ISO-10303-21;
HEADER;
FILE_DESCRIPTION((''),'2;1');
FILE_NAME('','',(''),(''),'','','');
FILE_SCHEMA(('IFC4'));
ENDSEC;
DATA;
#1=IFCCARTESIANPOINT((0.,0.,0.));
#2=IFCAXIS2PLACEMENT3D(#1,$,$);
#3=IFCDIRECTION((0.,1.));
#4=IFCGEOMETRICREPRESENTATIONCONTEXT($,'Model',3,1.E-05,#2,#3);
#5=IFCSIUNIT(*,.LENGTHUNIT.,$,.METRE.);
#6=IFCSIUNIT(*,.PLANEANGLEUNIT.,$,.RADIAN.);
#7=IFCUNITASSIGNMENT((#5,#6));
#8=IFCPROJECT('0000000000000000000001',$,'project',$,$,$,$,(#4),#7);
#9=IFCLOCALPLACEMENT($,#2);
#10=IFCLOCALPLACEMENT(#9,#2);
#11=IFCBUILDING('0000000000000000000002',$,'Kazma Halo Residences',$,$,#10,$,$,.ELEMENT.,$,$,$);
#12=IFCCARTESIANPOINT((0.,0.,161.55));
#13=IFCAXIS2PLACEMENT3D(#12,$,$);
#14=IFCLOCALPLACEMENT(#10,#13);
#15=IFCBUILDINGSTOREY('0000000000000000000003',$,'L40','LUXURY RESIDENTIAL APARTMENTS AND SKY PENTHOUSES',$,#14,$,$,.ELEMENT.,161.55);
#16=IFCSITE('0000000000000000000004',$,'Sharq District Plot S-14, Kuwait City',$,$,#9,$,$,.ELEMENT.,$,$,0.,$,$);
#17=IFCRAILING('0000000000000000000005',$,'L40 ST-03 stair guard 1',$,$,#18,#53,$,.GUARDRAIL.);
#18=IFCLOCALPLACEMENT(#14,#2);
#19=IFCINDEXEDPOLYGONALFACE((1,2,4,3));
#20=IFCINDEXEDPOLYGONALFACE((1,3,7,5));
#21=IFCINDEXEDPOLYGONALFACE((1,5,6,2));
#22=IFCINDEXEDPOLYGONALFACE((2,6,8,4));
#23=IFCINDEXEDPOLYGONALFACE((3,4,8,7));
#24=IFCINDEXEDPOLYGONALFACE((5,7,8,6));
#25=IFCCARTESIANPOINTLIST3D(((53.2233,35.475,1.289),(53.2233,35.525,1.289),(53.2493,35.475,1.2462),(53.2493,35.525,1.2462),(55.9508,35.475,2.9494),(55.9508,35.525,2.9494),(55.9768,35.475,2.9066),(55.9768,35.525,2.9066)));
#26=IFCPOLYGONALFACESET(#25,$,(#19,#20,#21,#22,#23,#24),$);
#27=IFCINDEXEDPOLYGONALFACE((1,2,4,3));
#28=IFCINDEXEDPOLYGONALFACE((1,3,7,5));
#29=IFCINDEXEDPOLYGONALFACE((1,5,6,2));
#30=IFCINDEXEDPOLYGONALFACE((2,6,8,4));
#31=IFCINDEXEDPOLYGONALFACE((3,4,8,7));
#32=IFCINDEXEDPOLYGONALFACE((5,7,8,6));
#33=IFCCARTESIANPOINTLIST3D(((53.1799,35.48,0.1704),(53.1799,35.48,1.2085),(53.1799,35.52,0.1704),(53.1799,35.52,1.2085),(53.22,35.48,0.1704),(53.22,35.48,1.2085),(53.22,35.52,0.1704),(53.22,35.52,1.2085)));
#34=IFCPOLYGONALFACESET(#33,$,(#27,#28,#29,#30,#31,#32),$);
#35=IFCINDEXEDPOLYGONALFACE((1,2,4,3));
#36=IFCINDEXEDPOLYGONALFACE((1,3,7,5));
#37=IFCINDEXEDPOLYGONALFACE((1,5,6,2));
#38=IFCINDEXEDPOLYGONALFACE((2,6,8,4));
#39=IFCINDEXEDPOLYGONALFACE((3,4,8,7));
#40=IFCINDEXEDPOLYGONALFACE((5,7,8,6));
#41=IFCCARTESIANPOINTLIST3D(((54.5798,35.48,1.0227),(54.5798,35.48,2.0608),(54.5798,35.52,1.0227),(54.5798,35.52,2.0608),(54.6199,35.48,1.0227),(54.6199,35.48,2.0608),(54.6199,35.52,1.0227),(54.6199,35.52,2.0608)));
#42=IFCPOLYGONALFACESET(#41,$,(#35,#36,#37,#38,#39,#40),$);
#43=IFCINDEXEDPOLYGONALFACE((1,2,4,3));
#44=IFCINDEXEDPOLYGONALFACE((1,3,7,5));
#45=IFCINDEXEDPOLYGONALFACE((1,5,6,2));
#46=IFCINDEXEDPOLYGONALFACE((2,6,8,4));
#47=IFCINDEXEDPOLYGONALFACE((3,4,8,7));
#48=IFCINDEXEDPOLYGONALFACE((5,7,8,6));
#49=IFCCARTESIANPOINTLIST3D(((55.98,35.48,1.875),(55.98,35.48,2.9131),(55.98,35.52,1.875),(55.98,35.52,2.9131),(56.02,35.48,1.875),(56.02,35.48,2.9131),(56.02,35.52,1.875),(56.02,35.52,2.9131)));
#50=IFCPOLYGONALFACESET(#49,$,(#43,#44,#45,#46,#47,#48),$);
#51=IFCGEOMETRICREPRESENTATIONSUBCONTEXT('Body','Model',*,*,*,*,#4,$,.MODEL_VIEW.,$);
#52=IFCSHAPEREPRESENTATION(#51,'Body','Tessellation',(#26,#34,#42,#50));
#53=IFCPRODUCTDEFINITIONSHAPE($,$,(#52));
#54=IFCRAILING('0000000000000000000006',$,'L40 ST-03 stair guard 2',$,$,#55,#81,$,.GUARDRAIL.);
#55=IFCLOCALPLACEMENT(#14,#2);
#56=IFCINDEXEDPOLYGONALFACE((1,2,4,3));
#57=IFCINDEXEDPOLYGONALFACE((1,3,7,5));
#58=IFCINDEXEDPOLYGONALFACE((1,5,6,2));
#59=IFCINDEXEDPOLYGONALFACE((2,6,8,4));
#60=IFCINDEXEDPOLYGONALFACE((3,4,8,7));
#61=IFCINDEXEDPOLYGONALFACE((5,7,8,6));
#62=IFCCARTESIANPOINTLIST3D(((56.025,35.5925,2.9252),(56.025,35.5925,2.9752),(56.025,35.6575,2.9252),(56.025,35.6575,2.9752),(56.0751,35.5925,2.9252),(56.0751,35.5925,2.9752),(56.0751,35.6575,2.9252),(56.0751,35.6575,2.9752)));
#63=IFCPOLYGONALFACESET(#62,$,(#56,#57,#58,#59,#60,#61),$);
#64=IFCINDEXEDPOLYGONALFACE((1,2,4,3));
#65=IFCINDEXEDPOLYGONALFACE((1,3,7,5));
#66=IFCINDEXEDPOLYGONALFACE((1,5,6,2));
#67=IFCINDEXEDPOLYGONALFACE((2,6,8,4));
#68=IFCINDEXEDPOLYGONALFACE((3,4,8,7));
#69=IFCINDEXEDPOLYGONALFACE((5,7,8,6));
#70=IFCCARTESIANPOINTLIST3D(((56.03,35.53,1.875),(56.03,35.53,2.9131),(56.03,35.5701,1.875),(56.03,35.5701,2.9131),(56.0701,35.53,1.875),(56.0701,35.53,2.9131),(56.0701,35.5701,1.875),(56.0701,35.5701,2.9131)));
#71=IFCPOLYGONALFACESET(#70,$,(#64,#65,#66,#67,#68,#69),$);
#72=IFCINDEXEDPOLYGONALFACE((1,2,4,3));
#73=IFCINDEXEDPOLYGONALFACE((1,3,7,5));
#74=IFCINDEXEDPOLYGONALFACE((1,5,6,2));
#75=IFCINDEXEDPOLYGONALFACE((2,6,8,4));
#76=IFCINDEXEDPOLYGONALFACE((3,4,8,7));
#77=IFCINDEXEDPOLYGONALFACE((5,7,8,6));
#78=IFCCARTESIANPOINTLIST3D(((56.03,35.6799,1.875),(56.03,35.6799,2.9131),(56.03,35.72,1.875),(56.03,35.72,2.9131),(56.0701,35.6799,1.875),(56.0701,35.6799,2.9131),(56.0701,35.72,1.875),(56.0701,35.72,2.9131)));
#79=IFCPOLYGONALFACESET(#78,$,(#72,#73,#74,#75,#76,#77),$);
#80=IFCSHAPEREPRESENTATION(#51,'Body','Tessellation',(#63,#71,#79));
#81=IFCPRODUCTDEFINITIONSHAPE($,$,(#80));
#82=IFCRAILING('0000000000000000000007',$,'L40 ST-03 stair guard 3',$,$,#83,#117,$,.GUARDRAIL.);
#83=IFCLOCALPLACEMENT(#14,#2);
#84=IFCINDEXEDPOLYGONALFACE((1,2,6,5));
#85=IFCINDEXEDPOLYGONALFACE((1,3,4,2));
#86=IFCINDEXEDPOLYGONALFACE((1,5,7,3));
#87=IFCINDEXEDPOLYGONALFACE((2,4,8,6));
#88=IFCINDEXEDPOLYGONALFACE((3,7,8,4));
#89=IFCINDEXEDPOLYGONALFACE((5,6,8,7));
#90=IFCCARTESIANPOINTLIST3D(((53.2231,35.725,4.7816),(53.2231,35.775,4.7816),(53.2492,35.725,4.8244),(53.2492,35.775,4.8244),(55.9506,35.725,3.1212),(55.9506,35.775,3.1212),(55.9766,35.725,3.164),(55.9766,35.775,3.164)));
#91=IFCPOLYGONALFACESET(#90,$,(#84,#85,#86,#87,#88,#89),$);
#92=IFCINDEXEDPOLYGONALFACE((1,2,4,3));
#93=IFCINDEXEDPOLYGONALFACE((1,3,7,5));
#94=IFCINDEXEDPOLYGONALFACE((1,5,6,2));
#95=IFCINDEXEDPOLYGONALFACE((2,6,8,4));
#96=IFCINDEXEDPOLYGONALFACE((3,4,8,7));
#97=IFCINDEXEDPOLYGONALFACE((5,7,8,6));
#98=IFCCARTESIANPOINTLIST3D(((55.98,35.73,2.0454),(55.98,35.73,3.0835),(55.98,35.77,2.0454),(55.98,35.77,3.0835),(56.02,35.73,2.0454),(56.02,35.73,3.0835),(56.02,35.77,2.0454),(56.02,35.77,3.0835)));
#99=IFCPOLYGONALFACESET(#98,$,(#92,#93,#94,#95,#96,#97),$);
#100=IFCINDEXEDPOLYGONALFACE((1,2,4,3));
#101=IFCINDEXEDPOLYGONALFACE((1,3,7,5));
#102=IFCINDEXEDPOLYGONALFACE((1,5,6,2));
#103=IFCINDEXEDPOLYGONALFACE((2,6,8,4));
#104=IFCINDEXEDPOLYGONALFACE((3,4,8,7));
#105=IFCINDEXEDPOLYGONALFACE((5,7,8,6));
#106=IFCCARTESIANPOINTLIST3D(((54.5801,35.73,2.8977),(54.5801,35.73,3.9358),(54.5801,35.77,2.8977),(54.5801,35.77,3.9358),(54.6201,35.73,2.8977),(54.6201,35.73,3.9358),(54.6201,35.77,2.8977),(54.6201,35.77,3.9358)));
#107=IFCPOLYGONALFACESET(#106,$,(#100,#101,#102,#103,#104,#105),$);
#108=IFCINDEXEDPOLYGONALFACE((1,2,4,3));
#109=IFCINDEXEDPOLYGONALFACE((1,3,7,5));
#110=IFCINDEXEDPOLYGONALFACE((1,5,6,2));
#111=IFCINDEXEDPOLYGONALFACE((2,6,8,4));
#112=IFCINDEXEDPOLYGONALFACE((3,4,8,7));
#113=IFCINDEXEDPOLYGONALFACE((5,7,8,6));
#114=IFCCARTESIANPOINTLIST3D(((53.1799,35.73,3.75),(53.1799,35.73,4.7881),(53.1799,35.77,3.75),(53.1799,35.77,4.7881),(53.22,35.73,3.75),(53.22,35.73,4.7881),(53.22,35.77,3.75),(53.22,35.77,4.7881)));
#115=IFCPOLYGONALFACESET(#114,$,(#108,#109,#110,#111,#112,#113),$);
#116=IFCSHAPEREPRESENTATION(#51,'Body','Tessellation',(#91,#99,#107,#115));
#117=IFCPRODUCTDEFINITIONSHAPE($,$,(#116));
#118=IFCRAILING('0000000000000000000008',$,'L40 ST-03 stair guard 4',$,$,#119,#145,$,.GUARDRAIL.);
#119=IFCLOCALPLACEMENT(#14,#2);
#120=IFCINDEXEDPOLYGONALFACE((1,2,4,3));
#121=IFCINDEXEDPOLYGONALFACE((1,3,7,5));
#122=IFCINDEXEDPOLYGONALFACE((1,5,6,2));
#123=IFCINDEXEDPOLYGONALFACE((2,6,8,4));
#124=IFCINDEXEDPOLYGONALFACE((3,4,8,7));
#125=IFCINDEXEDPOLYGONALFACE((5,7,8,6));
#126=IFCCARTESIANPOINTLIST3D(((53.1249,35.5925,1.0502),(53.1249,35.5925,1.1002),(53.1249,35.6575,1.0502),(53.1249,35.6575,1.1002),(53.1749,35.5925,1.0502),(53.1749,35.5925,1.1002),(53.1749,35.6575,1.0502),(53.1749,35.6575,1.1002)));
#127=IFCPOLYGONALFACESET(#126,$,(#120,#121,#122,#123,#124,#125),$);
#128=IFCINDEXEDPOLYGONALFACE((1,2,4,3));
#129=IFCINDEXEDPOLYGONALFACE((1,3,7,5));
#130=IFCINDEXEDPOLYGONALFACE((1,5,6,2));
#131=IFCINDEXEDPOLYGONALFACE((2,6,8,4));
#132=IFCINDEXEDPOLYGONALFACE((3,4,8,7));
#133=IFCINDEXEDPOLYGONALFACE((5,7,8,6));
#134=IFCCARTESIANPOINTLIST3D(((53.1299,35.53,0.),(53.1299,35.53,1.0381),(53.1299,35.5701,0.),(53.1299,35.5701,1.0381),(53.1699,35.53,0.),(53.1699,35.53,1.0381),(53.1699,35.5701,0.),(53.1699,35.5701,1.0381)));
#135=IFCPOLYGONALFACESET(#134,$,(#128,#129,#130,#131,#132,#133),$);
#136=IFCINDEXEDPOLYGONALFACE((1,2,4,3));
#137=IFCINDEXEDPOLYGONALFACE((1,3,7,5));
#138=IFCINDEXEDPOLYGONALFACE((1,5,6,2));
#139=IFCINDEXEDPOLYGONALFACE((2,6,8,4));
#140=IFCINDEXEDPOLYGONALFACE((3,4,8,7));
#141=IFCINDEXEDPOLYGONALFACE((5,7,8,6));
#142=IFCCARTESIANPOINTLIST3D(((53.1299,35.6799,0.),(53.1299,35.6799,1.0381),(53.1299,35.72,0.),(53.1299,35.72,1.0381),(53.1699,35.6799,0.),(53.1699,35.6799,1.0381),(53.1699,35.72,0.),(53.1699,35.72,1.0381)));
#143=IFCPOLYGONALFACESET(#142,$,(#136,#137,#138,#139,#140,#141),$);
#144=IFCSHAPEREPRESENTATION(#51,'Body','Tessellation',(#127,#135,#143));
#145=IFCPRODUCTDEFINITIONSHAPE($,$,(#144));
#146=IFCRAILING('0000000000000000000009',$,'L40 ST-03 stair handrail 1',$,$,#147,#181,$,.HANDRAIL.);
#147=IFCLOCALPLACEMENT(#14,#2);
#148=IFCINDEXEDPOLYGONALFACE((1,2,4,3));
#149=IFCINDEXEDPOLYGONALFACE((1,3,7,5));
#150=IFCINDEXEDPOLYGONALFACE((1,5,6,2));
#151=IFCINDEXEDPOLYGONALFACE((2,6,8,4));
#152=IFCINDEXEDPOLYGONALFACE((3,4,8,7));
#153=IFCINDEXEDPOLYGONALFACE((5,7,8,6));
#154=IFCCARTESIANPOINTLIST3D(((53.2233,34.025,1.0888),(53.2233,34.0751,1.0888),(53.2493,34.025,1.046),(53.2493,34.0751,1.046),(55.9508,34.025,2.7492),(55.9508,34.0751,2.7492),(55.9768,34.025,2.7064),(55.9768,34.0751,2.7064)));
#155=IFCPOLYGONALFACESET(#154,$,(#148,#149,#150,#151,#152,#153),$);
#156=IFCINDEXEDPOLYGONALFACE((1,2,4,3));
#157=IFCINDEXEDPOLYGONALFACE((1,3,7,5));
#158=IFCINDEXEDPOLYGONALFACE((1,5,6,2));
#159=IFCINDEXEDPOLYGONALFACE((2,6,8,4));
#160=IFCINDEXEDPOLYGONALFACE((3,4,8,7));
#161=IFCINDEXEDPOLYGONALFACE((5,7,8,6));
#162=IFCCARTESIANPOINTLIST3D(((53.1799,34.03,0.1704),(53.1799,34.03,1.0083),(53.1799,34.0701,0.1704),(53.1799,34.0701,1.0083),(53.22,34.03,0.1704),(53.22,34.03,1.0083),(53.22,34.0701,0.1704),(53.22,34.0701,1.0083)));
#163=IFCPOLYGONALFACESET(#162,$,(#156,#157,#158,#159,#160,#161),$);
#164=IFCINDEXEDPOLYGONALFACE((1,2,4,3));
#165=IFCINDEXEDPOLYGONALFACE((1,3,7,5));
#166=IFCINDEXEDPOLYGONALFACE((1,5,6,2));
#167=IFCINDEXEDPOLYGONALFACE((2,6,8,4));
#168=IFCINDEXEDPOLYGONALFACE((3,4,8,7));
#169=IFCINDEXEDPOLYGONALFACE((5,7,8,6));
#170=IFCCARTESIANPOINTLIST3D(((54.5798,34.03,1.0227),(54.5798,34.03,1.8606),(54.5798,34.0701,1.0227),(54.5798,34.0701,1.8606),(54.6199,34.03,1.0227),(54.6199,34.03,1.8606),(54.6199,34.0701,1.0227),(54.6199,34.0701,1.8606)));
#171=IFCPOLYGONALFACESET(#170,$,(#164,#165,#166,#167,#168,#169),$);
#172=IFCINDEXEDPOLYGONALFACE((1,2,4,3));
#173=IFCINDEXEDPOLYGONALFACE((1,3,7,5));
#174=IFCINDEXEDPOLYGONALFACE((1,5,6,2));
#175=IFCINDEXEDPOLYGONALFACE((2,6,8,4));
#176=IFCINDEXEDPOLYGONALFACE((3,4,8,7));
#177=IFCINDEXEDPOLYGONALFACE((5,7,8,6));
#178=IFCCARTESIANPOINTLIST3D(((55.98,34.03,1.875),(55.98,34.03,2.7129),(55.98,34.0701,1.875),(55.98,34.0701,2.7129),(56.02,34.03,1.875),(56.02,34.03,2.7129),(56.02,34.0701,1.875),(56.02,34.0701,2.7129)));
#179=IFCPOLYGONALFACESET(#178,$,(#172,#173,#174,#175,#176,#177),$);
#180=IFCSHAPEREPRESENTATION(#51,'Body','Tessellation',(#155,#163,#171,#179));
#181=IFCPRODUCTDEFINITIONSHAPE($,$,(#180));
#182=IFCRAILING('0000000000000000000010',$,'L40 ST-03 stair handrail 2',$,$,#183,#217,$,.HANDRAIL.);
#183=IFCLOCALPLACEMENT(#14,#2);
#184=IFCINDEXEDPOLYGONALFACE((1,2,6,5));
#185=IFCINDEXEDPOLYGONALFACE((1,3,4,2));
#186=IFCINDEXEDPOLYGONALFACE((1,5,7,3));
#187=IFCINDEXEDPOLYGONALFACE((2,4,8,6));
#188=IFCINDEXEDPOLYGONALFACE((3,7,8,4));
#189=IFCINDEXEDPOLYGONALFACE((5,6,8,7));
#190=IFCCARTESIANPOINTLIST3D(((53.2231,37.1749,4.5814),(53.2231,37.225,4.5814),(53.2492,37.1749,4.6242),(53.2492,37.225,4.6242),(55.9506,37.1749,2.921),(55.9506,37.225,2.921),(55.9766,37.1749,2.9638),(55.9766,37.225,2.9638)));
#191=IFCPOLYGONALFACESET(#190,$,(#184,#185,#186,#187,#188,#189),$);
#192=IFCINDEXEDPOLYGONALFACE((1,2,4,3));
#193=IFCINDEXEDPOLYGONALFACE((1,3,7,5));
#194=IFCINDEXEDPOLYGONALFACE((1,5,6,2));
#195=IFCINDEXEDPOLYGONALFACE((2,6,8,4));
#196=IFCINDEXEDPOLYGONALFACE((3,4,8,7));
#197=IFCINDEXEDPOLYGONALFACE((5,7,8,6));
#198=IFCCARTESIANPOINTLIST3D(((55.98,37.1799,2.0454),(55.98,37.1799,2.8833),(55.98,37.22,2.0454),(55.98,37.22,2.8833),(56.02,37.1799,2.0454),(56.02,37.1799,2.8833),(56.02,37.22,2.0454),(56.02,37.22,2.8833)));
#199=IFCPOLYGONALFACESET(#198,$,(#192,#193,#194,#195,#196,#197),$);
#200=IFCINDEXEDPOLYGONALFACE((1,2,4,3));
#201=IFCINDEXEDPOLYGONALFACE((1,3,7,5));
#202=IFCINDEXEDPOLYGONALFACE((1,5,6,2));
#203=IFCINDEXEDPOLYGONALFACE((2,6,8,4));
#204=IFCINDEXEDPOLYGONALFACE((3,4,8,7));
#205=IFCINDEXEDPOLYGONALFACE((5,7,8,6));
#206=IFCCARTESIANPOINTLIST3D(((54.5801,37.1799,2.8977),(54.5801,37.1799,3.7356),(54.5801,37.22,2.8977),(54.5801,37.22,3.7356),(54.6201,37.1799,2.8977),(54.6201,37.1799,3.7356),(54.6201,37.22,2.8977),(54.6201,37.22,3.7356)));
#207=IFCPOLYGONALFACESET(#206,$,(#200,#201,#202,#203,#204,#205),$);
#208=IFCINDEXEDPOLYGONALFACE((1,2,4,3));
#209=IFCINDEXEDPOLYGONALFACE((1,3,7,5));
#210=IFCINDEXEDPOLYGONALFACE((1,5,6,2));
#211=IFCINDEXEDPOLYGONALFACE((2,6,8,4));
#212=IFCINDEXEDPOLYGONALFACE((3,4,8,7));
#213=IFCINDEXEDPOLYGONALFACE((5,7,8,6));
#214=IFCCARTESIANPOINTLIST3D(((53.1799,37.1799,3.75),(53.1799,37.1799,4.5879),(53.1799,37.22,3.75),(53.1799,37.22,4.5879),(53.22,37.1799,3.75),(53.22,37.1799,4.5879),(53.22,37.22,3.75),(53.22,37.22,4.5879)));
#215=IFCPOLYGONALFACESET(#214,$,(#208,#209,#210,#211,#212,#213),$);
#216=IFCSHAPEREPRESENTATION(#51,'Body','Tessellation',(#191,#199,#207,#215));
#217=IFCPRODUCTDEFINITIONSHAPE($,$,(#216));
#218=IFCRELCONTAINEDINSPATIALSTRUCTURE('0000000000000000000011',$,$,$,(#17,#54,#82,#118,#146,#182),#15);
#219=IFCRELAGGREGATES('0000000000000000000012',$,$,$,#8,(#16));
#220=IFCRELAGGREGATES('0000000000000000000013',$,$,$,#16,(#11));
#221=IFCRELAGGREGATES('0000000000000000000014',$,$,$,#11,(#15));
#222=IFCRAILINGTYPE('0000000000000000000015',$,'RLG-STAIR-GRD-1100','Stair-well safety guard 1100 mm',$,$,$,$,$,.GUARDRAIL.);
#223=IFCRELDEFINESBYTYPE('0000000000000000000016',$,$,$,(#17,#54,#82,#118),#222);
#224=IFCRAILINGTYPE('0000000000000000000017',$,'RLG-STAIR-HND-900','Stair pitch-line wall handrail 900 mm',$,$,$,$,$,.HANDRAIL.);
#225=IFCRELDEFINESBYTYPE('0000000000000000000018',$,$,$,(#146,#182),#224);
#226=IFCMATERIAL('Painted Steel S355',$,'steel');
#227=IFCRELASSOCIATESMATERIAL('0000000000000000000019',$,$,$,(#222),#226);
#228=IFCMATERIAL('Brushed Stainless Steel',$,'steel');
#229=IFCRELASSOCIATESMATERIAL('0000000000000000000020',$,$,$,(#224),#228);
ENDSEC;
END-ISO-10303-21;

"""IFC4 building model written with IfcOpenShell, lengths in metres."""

from ifc_helpers import new_model, si_unit, direction, frame, origin, origin_2d, place, context, subcontext, project, spatial, rectangle, extrude, material, type_object, element, save


model = new_model("IFC4")

# Units and contexts
model_context = context("Model", 3, precision=1e-05, world=origin(), true_north=direction((0.0, 1.0)))
body_context = subcontext(model_context, "Body", "Model", "MODEL_VIEW")
ifc_project = project(units=[si_unit("LENGTHUNIT", "METRE"), si_unit("PLANEANGLEUNIT", "RADIAN")], contexts=[model_context])

# Site, building, storey
site_placement = place(None, origin())
site = spatial("IfcSite", under=ifc_project, at=site_placement, Name="Sharq District Plot S-14, Kuwait City", CompositionType="ELEMENT", RefElevation=0.0)
building_placement = place(site_placement, origin())
building = spatial("IfcBuilding", under=site, at=building_placement, Name="Kazma Halo Residences", CompositionType="ELEMENT")
storey_placement = place(building_placement, frame((0.0, 0.0, 161.55)))
storey = spatial("IfcBuildingStorey", under=building, at=storey_placement, Name="L40", Description="LUXURY RESIDENTIAL APARTMENTS AND SKY PENTHOUSES", CompositionType="ELEMENT", Elevation=161.55)

# Railings
ifc_material_1 = material(Name="Painted Steel S355", Category="steel")
railing_type_1 = type_object("IfcRailingType", Name="RLG-STAIR-GRD-1100", Description="Stair-well safety guard 1100 mm", PredefinedType="GUARDRAIL", material=ifc_material_1)
railing_1_placement = place(storey_placement, frame((53.2, 35.5, 0.1704)))
element("IfcRailing", 1, at=railing_1_placement, inside=storey, type_object=railing_type_1, Name="L40 ST-03 stair guard 1", PredefinedType="GUARDRAIL", context=body_context, shape_type="SweptSolid", body=[
    extrude(rectangle(XDim=0.05, YDim=0.05, at=origin_2d()), frame((0.0364, 0.0, 1.0972), z_axis=(0.85417, 0.0, 0.519994), x_axis=(0.0, 1.0, 0.0)), (0.0, 0.0, 1.0), 3.1931),
    extrude(rectangle(XDim=0.04, YDim=0.04, at=origin_2d()), origin(), (0.0, 0.0, 1.0), 1.0381),
    extrude(rectangle(XDim=0.04, YDim=0.04, at=origin_2d()), frame((1.3999, 0.0, 0.8523)), (0.0, 0.0, 1.0), 1.0381),
    extrude(rectangle(XDim=0.04, YDim=0.04, at=origin_2d()), frame((2.8, 0.0, 1.7046)), (0.0, 0.0, 1.0), 1.0381),
])
railing_2_placement = place(storey_placement, frame((56.05, 35.55, 1.875)))
element("IfcRailing", 2, at=railing_2_placement, inside=storey, type_object=railing_type_1, Name="L40 ST-03 stair guard 2", PredefinedType="GUARDRAIL", context=body_context, shape_type="SweptSolid", body=[
    extrude(rectangle(XDim=0.05, YDim=0.05, at=origin_2d()), frame((0.0, 0.0425, 1.0752), z_axis=(0.0, 1.0, 0.0), x_axis=(-1.0, 0.0, 0.0)), (0.0, 0.0, 1.0), 0.0649),
    extrude(rectangle(XDim=0.04, YDim=0.04, at=origin_2d()), origin(), (0.0, 0.0, 1.0), 1.0381),
    extrude(rectangle(XDim=0.04, YDim=0.04, at=origin_2d()), frame((0.0, 0.1499, 0.0)), (0.0, 0.0, 1.0), 1.0381),
])
railing_3_placement = place(storey_placement, frame((56.0, 35.75, 2.0454)))
element("IfcRailing", 3, at=railing_3_placement, inside=storey, type_object=railing_type_1, Name="L40 ST-03 stair guard 3", PredefinedType="GUARDRAIL", context=body_context, shape_type="SweptSolid", body=[
    extrude(rectangle(XDim=0.05, YDim=0.05, at=origin_2d()), frame((-0.0364, 0.0, 1.0972), z_axis=(-0.85417, 0.0, 0.519994), x_axis=(0.0, -1.0, 0.0)), (0.0, 0.0, 1.0), 3.1931),
    extrude(rectangle(XDim=0.04, YDim=0.04, at=origin_2d()), origin(), (0.0, 0.0, 1.0), 1.0381),
    extrude(rectangle(XDim=0.04, YDim=0.04, at=origin_2d()), frame((-1.3999, 0.0, 0.8523)), (0.0, 0.0, 1.0), 1.0381),
    extrude(rectangle(XDim=0.04, YDim=0.04, at=origin_2d()), frame((-2.8, 0.0, 1.7046)), (0.0, 0.0, 1.0), 1.0381),
])
railing_4_placement = place(storey_placement, frame((53.1499, 35.55, 0.0)))
element("IfcRailing", 4, at=railing_4_placement, inside=storey, type_object=railing_type_1, Name="L40 ST-03 stair guard 4", PredefinedType="GUARDRAIL", context=body_context, shape_type="SweptSolid", body=[
    extrude(rectangle(XDim=0.05, YDim=0.05, at=origin_2d()), frame((0.0, 0.0425, 1.0752), z_axis=(0.0, 1.0, 0.0), x_axis=(-1.0, 0.0, 0.0)), (0.0, 0.0, 1.0), 0.0649),
    extrude(rectangle(XDim=0.04, YDim=0.04, at=origin_2d()), origin(), (0.0, 0.0, 1.0), 1.0381),
    extrude(rectangle(XDim=0.04, YDim=0.04, at=origin_2d()), frame((0.0, 0.1499, 0.0)), (0.0, 0.0, 1.0), 1.0381),
])
ifc_material_2 = material(Name="Brushed Stainless Steel", Category="steel")
railing_type_2 = type_object("IfcRailingType", Name="RLG-STAIR-HND-900", Description="Stair pitch-line wall handrail 900 mm", PredefinedType="HANDRAIL", material=ifc_material_2)
railing_5_placement = place(storey_placement, frame((53.2, 34.05, 0.1704)))
element("IfcRailing", 5, at=railing_5_placement, inside=storey, type_object=railing_type_2, Name="L40 ST-03 stair handrail 1", PredefinedType="HANDRAIL", context=body_context, shape_type="SweptSolid", body=[
    extrude(rectangle(XDim=0.05, YDim=0.05, at=origin_2d()), frame((0.0364, 0.0, 0.897), z_axis=(0.85417, 0.0, 0.519994), x_axis=(0.0, 1.0, 0.0)), (0.0, 0.0, 1.0), 3.1931),
    extrude(rectangle(XDim=0.04, YDim=0.04, at=origin_2d()), origin(), (0.0, 0.0, 1.0), 0.8379),
    extrude(rectangle(XDim=0.04, YDim=0.04, at=origin_2d()), frame((1.3999, 0.0, 0.8523)), (0.0, 0.0, 1.0), 0.8379),
    extrude(rectangle(XDim=0.04, YDim=0.04, at=origin_2d()), frame((2.8, 0.0, 1.7046)), (0.0, 0.0, 1.0), 0.8379),
])
railing_6_placement = place(storey_placement, frame((56.0, 37.2, 2.0454)))
element("IfcRailing", 6, at=railing_6_placement, inside=storey, type_object=railing_type_2, Name="L40 ST-03 stair handrail 2", PredefinedType="HANDRAIL", context=body_context, shape_type="SweptSolid", body=[
    extrude(rectangle(XDim=0.05, YDim=0.05, at=origin_2d()), frame((-0.0364, 0.0, 0.897), z_axis=(-0.85417, 0.0, 0.519994), x_axis=(0.0, -1.0, 0.0)), (0.0, 0.0, 1.0), 3.1931),
    extrude(rectangle(XDim=0.04, YDim=0.04, at=origin_2d()), origin(), (0.0, 0.0, 1.0), 0.8379),
    extrude(rectangle(XDim=0.04, YDim=0.04, at=origin_2d()), frame((-1.3999, 0.0, 0.8523)), (0.0, 0.0, 1.0), 0.8379),
    extrude(rectangle(XDim=0.04, YDim=0.04, at=origin_2d()), frame((-2.8, 0.0, 1.7046)), (0.0, 0.0, 1.0), 0.8379),
])

save(model, "model.ifc")
